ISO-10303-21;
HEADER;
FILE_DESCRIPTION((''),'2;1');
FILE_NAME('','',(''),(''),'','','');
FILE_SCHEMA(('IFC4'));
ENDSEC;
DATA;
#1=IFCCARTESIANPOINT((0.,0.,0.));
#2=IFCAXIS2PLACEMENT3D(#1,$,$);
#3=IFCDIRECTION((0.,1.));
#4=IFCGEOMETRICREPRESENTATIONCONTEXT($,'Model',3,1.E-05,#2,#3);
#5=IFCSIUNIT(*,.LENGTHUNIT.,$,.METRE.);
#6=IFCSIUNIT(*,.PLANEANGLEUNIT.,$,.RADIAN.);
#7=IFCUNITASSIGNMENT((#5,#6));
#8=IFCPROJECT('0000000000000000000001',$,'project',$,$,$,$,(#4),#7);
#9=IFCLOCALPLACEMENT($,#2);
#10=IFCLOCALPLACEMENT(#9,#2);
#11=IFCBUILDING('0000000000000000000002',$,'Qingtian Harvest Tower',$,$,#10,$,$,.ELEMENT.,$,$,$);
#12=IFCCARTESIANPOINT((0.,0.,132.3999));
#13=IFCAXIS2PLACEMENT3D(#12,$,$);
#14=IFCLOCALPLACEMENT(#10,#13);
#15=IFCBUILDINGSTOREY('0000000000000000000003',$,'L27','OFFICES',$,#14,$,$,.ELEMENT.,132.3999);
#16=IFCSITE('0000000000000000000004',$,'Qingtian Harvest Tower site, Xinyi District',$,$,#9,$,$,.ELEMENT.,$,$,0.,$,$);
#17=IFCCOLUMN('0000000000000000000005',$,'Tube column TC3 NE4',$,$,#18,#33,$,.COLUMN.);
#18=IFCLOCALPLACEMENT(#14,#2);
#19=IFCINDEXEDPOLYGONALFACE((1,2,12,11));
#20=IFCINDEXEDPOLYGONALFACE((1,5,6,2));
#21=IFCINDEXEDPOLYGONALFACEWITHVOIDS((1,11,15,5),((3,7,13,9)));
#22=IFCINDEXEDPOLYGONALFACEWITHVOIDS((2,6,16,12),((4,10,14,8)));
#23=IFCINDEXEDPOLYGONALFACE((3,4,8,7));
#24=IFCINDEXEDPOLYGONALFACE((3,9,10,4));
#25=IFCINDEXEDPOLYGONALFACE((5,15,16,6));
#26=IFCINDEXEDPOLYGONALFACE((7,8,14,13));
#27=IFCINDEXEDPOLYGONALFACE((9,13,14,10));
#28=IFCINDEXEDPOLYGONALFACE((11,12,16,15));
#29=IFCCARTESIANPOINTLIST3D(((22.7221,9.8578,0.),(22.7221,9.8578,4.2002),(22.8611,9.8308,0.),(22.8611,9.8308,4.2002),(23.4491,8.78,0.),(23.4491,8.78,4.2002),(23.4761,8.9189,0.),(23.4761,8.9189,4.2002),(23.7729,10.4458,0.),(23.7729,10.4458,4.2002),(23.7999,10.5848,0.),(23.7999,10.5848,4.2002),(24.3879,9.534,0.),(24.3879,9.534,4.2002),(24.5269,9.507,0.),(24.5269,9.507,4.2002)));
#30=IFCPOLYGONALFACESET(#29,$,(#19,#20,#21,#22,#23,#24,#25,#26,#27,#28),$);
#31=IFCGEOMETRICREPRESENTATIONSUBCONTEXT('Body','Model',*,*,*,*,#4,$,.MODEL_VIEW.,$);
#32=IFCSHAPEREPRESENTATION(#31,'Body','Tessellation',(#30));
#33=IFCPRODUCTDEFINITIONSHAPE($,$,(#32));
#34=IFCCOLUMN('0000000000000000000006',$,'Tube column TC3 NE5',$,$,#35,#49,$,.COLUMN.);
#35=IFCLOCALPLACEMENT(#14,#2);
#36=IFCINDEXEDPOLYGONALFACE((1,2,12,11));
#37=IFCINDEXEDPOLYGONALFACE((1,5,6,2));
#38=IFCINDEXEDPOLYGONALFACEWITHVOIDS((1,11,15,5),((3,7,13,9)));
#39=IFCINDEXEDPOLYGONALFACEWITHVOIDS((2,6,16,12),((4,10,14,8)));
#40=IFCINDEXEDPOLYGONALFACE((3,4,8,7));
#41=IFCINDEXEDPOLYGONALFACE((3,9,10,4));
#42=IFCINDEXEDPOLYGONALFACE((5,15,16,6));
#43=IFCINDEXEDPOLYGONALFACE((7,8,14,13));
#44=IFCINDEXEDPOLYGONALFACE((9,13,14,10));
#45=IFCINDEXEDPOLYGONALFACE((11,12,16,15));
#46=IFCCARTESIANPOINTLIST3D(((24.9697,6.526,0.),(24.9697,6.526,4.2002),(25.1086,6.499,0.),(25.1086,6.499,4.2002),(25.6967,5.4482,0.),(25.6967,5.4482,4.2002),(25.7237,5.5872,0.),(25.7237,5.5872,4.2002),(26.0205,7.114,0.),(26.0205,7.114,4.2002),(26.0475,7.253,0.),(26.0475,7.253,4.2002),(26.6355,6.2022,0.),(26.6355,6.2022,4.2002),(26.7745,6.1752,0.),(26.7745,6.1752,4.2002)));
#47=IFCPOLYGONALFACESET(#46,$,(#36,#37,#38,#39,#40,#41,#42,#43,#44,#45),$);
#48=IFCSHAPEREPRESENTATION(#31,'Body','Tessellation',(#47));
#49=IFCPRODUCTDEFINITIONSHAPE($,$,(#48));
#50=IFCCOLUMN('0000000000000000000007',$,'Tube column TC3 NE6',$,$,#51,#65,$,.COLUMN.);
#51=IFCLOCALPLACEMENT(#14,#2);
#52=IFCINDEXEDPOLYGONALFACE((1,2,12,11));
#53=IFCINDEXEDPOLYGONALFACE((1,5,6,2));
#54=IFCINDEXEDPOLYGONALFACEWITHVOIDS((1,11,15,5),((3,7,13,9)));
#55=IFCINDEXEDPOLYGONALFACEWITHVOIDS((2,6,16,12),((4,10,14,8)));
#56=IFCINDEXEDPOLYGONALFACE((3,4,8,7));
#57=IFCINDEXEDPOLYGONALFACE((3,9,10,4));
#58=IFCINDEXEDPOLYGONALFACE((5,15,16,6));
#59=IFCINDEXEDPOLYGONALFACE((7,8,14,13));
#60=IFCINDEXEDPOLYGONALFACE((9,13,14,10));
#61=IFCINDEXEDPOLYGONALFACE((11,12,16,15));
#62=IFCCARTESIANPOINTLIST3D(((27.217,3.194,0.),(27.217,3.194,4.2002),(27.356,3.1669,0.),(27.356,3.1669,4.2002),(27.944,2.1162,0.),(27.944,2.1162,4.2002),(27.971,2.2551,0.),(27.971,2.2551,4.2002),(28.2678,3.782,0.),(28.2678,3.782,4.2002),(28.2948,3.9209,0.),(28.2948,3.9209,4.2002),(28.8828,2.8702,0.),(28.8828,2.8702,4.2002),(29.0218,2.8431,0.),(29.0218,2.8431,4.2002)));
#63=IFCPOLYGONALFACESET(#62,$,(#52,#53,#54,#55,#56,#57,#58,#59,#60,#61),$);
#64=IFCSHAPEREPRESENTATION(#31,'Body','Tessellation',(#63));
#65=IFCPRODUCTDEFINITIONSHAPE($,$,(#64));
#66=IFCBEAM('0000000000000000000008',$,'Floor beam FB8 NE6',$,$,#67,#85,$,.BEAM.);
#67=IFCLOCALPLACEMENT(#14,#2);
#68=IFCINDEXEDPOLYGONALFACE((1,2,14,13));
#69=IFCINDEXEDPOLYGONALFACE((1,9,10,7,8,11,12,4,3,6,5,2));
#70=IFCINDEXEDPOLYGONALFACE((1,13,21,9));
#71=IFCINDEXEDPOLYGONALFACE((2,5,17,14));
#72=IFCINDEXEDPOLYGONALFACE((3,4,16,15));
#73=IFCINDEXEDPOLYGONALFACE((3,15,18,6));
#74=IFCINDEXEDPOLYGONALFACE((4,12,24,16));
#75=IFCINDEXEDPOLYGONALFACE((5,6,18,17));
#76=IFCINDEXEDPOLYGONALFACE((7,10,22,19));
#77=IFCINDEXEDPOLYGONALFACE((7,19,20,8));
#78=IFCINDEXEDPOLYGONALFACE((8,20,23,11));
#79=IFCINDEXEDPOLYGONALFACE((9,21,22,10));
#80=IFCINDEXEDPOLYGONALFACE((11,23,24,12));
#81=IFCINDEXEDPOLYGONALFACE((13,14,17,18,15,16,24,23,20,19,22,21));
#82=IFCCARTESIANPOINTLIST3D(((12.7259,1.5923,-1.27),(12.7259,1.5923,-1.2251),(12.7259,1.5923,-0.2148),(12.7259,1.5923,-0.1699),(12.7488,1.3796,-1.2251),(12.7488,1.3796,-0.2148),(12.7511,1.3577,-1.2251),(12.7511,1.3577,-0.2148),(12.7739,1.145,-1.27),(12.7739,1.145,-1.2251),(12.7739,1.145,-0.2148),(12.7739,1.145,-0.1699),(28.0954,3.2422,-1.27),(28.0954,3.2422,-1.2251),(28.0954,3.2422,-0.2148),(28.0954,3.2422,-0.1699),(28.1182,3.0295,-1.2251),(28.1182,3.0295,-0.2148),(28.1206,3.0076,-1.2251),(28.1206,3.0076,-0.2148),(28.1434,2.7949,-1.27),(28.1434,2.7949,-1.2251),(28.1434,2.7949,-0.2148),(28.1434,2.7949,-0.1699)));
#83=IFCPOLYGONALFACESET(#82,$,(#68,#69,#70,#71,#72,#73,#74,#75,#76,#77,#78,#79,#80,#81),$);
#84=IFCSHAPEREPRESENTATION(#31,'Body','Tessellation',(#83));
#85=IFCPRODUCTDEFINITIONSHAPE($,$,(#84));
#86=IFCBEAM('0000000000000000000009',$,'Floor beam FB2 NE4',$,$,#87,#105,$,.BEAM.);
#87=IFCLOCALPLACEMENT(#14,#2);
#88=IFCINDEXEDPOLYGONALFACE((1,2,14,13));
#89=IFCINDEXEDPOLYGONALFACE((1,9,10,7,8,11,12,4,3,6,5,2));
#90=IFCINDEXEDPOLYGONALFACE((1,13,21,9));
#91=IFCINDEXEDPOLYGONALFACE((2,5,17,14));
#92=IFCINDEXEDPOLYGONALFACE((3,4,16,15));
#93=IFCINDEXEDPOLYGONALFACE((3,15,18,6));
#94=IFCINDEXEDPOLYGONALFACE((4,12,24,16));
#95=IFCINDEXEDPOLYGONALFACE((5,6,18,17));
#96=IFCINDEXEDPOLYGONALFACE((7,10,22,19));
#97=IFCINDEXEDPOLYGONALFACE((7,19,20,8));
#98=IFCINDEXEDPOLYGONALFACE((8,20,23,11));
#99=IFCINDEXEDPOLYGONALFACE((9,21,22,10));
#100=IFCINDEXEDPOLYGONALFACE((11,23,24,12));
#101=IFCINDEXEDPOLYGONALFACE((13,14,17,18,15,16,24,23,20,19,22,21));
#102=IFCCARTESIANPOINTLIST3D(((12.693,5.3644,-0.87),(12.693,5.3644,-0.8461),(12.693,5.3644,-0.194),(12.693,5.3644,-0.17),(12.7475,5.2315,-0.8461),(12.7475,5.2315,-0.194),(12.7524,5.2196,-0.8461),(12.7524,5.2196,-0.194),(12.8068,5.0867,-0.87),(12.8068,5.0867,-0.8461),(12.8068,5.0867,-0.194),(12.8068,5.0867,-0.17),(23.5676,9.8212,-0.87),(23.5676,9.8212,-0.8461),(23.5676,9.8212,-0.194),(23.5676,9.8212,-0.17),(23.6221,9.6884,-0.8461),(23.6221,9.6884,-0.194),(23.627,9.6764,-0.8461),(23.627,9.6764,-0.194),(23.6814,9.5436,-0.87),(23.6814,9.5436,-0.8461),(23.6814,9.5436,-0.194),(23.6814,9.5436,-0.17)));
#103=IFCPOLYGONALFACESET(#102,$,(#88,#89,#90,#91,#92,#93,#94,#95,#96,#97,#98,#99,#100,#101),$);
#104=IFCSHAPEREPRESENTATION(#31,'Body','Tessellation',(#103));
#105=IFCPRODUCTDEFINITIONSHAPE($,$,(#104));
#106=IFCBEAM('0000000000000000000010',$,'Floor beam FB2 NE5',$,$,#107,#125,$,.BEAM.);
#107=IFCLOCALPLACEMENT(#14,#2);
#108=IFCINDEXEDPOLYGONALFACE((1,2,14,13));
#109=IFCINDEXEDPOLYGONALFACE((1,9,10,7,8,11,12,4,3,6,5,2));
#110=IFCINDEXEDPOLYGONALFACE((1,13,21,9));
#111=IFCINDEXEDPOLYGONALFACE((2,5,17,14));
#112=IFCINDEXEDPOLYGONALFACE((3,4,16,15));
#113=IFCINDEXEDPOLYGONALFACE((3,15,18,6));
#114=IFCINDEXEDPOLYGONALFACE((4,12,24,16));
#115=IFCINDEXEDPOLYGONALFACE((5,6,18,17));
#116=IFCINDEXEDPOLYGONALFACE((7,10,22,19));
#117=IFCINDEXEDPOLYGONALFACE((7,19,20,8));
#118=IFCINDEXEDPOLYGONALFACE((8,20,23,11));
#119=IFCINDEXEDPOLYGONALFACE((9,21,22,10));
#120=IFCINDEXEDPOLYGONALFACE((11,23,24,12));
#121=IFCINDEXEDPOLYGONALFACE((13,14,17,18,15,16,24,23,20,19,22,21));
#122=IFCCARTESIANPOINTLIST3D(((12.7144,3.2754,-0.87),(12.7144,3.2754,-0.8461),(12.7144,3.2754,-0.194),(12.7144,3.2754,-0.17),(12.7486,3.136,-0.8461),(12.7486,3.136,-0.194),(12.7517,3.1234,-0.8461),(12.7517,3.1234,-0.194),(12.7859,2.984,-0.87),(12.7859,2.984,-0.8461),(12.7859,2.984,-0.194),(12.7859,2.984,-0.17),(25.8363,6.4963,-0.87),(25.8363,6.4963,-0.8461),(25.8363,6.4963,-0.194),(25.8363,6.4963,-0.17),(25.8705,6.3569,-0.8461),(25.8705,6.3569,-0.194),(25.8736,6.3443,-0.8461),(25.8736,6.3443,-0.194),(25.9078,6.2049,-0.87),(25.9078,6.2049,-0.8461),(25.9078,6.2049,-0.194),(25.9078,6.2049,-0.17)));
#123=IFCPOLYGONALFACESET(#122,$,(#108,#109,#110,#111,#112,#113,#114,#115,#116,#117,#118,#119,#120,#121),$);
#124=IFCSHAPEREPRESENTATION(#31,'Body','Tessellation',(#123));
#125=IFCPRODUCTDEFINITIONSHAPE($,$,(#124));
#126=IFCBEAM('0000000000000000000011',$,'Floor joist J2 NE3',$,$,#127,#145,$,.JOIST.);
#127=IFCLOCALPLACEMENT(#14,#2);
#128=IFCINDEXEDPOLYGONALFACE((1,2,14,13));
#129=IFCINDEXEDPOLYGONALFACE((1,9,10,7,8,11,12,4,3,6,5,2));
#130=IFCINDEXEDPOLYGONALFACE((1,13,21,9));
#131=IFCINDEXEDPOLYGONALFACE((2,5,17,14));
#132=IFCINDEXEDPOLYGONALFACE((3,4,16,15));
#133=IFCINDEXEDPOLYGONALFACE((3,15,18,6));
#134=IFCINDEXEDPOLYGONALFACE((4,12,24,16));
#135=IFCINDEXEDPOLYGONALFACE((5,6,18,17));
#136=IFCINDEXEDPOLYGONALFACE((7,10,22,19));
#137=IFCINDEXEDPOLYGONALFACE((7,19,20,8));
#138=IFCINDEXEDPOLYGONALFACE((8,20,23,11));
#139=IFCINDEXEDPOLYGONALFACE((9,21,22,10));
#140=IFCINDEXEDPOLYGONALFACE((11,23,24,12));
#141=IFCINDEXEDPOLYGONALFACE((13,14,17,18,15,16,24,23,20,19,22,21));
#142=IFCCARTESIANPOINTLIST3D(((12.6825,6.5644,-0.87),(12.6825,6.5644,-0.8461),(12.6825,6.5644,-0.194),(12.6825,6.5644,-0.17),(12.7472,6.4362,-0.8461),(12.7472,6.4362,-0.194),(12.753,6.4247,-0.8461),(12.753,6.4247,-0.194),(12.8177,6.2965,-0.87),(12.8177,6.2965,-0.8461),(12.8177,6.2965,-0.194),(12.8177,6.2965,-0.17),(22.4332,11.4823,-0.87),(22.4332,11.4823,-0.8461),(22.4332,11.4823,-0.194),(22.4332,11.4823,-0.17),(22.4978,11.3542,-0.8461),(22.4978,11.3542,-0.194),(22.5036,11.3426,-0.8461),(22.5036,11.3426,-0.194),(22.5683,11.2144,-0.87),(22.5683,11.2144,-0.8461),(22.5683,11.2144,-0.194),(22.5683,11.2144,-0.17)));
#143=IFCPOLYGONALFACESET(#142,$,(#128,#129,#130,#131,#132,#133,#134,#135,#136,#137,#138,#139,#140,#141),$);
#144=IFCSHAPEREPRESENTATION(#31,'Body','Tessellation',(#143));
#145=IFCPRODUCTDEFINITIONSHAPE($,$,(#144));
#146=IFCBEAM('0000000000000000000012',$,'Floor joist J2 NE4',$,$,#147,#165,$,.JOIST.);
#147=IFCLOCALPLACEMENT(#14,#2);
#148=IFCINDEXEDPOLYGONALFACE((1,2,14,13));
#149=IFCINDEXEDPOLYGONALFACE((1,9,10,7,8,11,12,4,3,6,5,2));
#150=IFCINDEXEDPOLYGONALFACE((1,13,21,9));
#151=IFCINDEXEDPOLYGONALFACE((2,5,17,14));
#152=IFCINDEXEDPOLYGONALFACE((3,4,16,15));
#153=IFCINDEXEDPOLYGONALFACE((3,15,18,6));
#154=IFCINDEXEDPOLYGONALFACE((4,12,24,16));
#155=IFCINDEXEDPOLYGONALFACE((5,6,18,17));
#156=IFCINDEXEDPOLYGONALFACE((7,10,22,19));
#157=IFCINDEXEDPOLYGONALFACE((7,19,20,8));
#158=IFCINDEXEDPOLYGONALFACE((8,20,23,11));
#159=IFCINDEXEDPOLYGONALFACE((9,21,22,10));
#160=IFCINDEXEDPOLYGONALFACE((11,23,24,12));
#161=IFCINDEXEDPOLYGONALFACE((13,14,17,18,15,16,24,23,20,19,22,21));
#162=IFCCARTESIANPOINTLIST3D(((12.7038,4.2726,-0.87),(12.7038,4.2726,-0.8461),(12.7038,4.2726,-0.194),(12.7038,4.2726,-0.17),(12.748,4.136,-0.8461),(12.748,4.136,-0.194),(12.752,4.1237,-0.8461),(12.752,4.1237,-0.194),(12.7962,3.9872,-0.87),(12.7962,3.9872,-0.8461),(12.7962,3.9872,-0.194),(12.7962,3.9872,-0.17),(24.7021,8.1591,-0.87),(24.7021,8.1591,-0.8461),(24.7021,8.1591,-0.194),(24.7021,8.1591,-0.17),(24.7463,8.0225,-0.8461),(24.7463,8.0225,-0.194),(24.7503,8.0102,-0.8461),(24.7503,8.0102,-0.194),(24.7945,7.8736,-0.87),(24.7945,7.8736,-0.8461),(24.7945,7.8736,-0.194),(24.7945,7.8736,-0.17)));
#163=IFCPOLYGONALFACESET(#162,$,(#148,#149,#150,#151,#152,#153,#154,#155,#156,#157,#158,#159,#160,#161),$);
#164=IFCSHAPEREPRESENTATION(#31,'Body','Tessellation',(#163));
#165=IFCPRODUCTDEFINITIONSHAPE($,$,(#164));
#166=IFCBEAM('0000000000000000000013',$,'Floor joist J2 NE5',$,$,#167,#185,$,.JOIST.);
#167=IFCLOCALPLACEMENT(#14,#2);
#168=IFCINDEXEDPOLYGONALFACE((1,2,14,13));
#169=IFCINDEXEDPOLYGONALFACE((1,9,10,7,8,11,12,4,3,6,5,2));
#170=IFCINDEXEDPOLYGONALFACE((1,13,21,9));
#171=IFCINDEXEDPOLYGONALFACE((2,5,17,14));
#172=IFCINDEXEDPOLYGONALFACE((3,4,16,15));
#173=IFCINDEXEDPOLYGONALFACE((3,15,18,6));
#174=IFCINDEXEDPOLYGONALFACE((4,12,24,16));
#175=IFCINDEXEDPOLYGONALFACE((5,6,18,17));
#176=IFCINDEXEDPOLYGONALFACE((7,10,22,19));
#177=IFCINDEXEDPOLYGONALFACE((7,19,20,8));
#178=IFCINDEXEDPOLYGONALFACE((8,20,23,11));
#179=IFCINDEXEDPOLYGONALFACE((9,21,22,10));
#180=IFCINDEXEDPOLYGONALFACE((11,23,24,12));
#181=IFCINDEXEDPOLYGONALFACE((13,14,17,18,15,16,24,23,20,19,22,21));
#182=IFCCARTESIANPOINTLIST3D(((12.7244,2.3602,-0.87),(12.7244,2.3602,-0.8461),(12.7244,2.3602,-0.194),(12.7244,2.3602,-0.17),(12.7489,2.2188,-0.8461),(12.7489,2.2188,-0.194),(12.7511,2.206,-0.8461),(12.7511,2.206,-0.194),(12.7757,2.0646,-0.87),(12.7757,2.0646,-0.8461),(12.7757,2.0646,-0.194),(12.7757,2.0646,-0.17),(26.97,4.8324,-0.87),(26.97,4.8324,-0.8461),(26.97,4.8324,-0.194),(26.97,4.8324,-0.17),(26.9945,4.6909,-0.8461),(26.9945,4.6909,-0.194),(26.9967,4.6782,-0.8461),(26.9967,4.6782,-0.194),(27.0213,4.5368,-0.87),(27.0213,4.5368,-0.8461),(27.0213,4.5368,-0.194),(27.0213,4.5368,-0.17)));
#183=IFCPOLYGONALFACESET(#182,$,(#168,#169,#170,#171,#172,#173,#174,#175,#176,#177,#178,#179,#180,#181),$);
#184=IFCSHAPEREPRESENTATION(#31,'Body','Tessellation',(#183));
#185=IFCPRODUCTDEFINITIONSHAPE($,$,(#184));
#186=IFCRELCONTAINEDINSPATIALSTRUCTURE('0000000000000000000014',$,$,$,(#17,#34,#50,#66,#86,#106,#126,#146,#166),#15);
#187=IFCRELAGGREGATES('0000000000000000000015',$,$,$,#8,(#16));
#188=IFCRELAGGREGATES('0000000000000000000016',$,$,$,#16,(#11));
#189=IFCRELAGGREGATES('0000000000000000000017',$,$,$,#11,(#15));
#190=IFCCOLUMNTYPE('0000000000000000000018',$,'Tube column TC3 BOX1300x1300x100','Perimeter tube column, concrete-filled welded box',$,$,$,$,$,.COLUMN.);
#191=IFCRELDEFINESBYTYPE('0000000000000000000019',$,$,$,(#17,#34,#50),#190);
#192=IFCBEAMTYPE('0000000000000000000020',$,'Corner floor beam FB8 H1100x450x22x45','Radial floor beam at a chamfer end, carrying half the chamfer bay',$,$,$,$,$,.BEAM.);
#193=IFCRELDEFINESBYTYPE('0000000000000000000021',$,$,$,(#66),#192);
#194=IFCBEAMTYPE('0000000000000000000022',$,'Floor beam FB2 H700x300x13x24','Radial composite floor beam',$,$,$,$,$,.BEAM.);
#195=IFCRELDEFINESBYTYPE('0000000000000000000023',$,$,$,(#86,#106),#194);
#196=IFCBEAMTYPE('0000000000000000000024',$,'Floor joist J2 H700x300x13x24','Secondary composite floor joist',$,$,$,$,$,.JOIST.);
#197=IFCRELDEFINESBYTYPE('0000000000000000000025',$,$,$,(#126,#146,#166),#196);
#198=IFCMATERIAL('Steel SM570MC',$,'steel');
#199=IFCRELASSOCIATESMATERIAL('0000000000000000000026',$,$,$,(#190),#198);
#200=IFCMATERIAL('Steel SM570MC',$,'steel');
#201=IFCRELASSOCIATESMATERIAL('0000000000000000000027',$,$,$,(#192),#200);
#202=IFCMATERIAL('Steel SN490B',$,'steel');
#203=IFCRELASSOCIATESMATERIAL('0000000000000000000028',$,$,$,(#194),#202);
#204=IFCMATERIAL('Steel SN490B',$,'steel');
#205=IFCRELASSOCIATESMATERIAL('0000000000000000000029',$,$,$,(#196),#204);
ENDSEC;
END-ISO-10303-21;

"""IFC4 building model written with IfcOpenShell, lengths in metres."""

from ifc_helpers import new_model, si_unit, direction, frame, origin, origin_2d, place, context, subcontext, project, spatial, hollow_rectangle, i_section, extrude, material, material_profile, profile_set, type_object, element, save


model = new_model("IFC4")

# Units and contexts
model_context = context("Model", 3, precision=1e-05, world=origin(), true_north=direction((0.0, 1.0)))
body_context = subcontext(model_context, "Body", "Model", "MODEL_VIEW")
ifc_project = project(units=[si_unit("LENGTHUNIT", "METRE"), si_unit("PLANEANGLEUNIT", "RADIAN")], contexts=[model_context])

# Site, building, storey
site_placement = place(None, origin())
site = spatial("IfcSite", under=ifc_project, at=site_placement, Name="Qingtian Harvest Tower site, Xinyi District", CompositionType="ELEMENT", RefElevation=0.0)
building_placement = place(site_placement, origin())
building = spatial("IfcBuilding", under=site, at=building_placement, Name="Qingtian Harvest Tower", CompositionType="ELEMENT")
storey_placement = place(building_placement, frame((0.0, 0.0, 132.3999)))
storey = spatial("IfcBuildingStorey", under=building, at=storey_placement, Name="L27", Description="OFFICES", CompositionType="ELEMENT", Elevation=132.3999)

# Columns
ifc_material_1 = material(Name="Steel SM570MC", Category="steel")
ifc_material_profile_1 = material_profile(ifc_material_1, hollow_rectangle(XDim=1.3, YDim=1.3, WallThickness=0.1001, at=origin_2d()), Name="BOX1300x1300x100")
ifc_profile_set_1 = profile_set([ifc_material_profile_1], Name="Steel SM570MC")
column_type = type_object("IfcColumnType", Name="Tube column TC3 BOX1300x1300x100", Description="Perimeter tube column, concrete-filled welded box", PredefinedType="COLUMN", material=ifc_profile_set_1)
for number, where, z_axis, x_axis, name in (
    (1, (23.6245, 9.6824, 0.0), (0.0, 0.0, 1.0), (-0.559193, 0.829038, 0.0), "Tube column TC3 NE4"),
    (2, (25.8721, 6.3506, 0.0), (0.0, 0.0, 1.0), (-0.559193, 0.829038, 0.0), "Tube column TC3 NE5"),
    (3, (28.1194, 3.0186, 0.0), (0.0, 0.0, 1.0), (-0.559193, 0.829038, 0.0), "Tube column TC3 NE6"),
):
    element("IfcColumn", number, at=place(storey_placement, frame(where, z_axis=z_axis, x_axis=x_axis)), inside=storey, type_object=column_type, Name=name, PredefinedType="COLUMN", context=body_context, shape_type="SweptSolid", body=[
        extrude(hollow_rectangle(XDim=1.3, YDim=1.3, WallThickness=0.1001, at=origin_2d()), origin(), (0.0, 0.0, 1.0), 4.2002),
    ])

# Beams
ifc_material_2 = material(Name="Steel SM570MC", Category="steel")
ifc_material_profile_2 = material_profile(ifc_material_2, i_section(OverallWidth=0.45, OverallDepth=1.1001, WebThickness=0.022, FlangeThickness=0.0449, at=origin_2d()), Name="H1100x450x22x45")
ifc_profile_set_2 = profile_set([ifc_material_profile_2], Name="Steel SM570MC")
beam_type_1 = type_object("IfcBeamType", Name="Corner floor beam FB8 H1100x450x22x45", Description="Radial floor beam at a chamfer end, carrying half the chamfer bay", PredefinedType="BEAM", material=ifc_profile_set_2)
beam_1_placement = place(storey_placement, frame((28.1194, 3.0186, -0.72), z_axis=(-0.994287, -0.106737, 0.0), x_axis=(0.106737, -0.994287, 0.0)))
element("IfcBeam", 4, at=beam_1_placement, inside=storey, type_object=beam_type_1, Name="Floor beam FB8 NE6", PredefinedType="BEAM", context=body_context, shape_type="SweptSolid", body=[
    extrude(i_section(OverallWidth=0.45, OverallDepth=1.1001, WebThickness=0.022, FlangeThickness=0.0449, at=origin_2d()), origin(), (0.0, 0.0, 1.0), 15.4578),
])
ifc_material_3 = material(Name="Steel SN490B", Category="steel")
ifc_material_profile_3 = material_profile(ifc_material_3, i_section(OverallWidth=0.3, OverallDepth=0.7, WebThickness=0.0129, FlangeThickness=0.0239, at=origin_2d()), Name="H700x300x13x24")
ifc_profile_set_3 = profile_set([ifc_material_profile_3], Name="Steel SN490B")
beam_type_2 = type_object("IfcBeamType", Name="Floor beam FB2 H700x300x13x24", Description="Radial composite floor beam", PredefinedType="BEAM", material=ifc_profile_set_3)
beam_2_placement = place(storey_placement, frame((23.6245, 9.6824, -0.52), z_axis=(-0.925305, -0.379225, 0.0), x_axis=(0.379225, -0.925305, 0.0)))
element("IfcBeam", 5, at=beam_2_placement, inside=storey, type_object=beam_type_2, Name="Floor beam FB2 NE4", PredefinedType="BEAM", context=body_context, shape_type="SweptSolid", body=[
    extrude(i_section(OverallWidth=0.3, OverallDepth=0.7, WebThickness=0.0129, FlangeThickness=0.0239, at=origin_2d()), origin(), (0.0, 0.0, 1.0), 11.7524),
])
beam_3_placement = place(storey_placement, frame((25.8721, 6.3506, -0.52), z_axis=(-0.971171, -0.238384, 0.0), x_axis=(0.238384, -0.971171, 0.0)))
element("IfcBeam", 6, at=beam_3_placement, inside=storey, type_object=beam_type_2, Name="Floor beam FB2 NE5", PredefinedType="BEAM", context=body_context, shape_type="SweptSolid", body=[
    extrude(i_section(OverallWidth=0.3, OverallDepth=0.7, WebThickness=0.0129, FlangeThickness=0.0239, at=origin_2d()), origin(), (0.0, 0.0, 1.0), 13.5115),
])
ifc_material_4 = material(Name="Steel SN490B", Category="steel")
ifc_material_profile_4 = material_profile(ifc_material_4, i_section(OverallWidth=0.3, OverallDepth=0.7, WebThickness=0.0129, FlangeThickness=0.0239, at=origin_2d()), Name="H700x300x13x24")
ifc_profile_set_4 = profile_set([ifc_material_profile_4], Name="Steel SN490B")
beam_type_3 = type_object("IfcBeamType", Name="Floor joist J2 H700x300x13x24", Description="Secondary composite floor joist", PredefinedType="JOIST", material=ifc_profile_set_4)
beam_4_placement = place(storey_placement, frame((22.5007, 11.3484, -0.52), z_axis=(-0.892861, -0.450332, 0.0), x_axis=(0.450332, -0.892861, 0.0)))
element("IfcBeam", 7, at=beam_4_placement, inside=storey, type_object=beam_type_3, Name="Floor joist J2 NE3", PredefinedType="JOIST", context=body_context, shape_type="SweptSolid", body=[
    extrude(i_section(OverallWidth=0.3, OverallDepth=0.7, WebThickness=0.0129, FlangeThickness=0.0239, at=origin_2d()), origin(), (0.0, 0.0, 1.0), 10.9207),
])
beam_5_placement = place(storey_placement, frame((24.7483, 8.0164, -0.52), z_axis=(-0.951336, -0.308156, 0.0), x_axis=(0.308156, -0.951336, 0.0)))
element("IfcBeam", 8, at=beam_5_placement, inside=storey, type_object=beam_type_3, Name="Floor joist J2 NE4", PredefinedType="JOIST", context=body_context, shape_type="SweptSolid", body=[
    extrude(i_section(OverallWidth=0.3, OverallDepth=0.7, WebThickness=0.0129, FlangeThickness=0.0239, at=origin_2d()), origin(), (0.0, 0.0, 1.0), 12.6121),
])
beam_6_placement = place(storey_placement, frame((26.9956, 4.6846, -0.52), z_axis=(-0.985274, -0.170983, 0.0), x_axis=(0.170983, -0.985274, 0.0)))
element("IfcBeam", 9, at=beam_6_placement, inside=storey, type_object=beam_type_3, Name="Floor joist J2 NE5", PredefinedType="JOIST", context=body_context, shape_type="SweptSolid", body=[
    extrude(i_section(OverallWidth=0.3, OverallDepth=0.7, WebThickness=0.0129, FlangeThickness=0.0239, at=origin_2d()), origin(), (0.0, 0.0, 1.0), 14.4585),
])

save(model, "model.ifc")
